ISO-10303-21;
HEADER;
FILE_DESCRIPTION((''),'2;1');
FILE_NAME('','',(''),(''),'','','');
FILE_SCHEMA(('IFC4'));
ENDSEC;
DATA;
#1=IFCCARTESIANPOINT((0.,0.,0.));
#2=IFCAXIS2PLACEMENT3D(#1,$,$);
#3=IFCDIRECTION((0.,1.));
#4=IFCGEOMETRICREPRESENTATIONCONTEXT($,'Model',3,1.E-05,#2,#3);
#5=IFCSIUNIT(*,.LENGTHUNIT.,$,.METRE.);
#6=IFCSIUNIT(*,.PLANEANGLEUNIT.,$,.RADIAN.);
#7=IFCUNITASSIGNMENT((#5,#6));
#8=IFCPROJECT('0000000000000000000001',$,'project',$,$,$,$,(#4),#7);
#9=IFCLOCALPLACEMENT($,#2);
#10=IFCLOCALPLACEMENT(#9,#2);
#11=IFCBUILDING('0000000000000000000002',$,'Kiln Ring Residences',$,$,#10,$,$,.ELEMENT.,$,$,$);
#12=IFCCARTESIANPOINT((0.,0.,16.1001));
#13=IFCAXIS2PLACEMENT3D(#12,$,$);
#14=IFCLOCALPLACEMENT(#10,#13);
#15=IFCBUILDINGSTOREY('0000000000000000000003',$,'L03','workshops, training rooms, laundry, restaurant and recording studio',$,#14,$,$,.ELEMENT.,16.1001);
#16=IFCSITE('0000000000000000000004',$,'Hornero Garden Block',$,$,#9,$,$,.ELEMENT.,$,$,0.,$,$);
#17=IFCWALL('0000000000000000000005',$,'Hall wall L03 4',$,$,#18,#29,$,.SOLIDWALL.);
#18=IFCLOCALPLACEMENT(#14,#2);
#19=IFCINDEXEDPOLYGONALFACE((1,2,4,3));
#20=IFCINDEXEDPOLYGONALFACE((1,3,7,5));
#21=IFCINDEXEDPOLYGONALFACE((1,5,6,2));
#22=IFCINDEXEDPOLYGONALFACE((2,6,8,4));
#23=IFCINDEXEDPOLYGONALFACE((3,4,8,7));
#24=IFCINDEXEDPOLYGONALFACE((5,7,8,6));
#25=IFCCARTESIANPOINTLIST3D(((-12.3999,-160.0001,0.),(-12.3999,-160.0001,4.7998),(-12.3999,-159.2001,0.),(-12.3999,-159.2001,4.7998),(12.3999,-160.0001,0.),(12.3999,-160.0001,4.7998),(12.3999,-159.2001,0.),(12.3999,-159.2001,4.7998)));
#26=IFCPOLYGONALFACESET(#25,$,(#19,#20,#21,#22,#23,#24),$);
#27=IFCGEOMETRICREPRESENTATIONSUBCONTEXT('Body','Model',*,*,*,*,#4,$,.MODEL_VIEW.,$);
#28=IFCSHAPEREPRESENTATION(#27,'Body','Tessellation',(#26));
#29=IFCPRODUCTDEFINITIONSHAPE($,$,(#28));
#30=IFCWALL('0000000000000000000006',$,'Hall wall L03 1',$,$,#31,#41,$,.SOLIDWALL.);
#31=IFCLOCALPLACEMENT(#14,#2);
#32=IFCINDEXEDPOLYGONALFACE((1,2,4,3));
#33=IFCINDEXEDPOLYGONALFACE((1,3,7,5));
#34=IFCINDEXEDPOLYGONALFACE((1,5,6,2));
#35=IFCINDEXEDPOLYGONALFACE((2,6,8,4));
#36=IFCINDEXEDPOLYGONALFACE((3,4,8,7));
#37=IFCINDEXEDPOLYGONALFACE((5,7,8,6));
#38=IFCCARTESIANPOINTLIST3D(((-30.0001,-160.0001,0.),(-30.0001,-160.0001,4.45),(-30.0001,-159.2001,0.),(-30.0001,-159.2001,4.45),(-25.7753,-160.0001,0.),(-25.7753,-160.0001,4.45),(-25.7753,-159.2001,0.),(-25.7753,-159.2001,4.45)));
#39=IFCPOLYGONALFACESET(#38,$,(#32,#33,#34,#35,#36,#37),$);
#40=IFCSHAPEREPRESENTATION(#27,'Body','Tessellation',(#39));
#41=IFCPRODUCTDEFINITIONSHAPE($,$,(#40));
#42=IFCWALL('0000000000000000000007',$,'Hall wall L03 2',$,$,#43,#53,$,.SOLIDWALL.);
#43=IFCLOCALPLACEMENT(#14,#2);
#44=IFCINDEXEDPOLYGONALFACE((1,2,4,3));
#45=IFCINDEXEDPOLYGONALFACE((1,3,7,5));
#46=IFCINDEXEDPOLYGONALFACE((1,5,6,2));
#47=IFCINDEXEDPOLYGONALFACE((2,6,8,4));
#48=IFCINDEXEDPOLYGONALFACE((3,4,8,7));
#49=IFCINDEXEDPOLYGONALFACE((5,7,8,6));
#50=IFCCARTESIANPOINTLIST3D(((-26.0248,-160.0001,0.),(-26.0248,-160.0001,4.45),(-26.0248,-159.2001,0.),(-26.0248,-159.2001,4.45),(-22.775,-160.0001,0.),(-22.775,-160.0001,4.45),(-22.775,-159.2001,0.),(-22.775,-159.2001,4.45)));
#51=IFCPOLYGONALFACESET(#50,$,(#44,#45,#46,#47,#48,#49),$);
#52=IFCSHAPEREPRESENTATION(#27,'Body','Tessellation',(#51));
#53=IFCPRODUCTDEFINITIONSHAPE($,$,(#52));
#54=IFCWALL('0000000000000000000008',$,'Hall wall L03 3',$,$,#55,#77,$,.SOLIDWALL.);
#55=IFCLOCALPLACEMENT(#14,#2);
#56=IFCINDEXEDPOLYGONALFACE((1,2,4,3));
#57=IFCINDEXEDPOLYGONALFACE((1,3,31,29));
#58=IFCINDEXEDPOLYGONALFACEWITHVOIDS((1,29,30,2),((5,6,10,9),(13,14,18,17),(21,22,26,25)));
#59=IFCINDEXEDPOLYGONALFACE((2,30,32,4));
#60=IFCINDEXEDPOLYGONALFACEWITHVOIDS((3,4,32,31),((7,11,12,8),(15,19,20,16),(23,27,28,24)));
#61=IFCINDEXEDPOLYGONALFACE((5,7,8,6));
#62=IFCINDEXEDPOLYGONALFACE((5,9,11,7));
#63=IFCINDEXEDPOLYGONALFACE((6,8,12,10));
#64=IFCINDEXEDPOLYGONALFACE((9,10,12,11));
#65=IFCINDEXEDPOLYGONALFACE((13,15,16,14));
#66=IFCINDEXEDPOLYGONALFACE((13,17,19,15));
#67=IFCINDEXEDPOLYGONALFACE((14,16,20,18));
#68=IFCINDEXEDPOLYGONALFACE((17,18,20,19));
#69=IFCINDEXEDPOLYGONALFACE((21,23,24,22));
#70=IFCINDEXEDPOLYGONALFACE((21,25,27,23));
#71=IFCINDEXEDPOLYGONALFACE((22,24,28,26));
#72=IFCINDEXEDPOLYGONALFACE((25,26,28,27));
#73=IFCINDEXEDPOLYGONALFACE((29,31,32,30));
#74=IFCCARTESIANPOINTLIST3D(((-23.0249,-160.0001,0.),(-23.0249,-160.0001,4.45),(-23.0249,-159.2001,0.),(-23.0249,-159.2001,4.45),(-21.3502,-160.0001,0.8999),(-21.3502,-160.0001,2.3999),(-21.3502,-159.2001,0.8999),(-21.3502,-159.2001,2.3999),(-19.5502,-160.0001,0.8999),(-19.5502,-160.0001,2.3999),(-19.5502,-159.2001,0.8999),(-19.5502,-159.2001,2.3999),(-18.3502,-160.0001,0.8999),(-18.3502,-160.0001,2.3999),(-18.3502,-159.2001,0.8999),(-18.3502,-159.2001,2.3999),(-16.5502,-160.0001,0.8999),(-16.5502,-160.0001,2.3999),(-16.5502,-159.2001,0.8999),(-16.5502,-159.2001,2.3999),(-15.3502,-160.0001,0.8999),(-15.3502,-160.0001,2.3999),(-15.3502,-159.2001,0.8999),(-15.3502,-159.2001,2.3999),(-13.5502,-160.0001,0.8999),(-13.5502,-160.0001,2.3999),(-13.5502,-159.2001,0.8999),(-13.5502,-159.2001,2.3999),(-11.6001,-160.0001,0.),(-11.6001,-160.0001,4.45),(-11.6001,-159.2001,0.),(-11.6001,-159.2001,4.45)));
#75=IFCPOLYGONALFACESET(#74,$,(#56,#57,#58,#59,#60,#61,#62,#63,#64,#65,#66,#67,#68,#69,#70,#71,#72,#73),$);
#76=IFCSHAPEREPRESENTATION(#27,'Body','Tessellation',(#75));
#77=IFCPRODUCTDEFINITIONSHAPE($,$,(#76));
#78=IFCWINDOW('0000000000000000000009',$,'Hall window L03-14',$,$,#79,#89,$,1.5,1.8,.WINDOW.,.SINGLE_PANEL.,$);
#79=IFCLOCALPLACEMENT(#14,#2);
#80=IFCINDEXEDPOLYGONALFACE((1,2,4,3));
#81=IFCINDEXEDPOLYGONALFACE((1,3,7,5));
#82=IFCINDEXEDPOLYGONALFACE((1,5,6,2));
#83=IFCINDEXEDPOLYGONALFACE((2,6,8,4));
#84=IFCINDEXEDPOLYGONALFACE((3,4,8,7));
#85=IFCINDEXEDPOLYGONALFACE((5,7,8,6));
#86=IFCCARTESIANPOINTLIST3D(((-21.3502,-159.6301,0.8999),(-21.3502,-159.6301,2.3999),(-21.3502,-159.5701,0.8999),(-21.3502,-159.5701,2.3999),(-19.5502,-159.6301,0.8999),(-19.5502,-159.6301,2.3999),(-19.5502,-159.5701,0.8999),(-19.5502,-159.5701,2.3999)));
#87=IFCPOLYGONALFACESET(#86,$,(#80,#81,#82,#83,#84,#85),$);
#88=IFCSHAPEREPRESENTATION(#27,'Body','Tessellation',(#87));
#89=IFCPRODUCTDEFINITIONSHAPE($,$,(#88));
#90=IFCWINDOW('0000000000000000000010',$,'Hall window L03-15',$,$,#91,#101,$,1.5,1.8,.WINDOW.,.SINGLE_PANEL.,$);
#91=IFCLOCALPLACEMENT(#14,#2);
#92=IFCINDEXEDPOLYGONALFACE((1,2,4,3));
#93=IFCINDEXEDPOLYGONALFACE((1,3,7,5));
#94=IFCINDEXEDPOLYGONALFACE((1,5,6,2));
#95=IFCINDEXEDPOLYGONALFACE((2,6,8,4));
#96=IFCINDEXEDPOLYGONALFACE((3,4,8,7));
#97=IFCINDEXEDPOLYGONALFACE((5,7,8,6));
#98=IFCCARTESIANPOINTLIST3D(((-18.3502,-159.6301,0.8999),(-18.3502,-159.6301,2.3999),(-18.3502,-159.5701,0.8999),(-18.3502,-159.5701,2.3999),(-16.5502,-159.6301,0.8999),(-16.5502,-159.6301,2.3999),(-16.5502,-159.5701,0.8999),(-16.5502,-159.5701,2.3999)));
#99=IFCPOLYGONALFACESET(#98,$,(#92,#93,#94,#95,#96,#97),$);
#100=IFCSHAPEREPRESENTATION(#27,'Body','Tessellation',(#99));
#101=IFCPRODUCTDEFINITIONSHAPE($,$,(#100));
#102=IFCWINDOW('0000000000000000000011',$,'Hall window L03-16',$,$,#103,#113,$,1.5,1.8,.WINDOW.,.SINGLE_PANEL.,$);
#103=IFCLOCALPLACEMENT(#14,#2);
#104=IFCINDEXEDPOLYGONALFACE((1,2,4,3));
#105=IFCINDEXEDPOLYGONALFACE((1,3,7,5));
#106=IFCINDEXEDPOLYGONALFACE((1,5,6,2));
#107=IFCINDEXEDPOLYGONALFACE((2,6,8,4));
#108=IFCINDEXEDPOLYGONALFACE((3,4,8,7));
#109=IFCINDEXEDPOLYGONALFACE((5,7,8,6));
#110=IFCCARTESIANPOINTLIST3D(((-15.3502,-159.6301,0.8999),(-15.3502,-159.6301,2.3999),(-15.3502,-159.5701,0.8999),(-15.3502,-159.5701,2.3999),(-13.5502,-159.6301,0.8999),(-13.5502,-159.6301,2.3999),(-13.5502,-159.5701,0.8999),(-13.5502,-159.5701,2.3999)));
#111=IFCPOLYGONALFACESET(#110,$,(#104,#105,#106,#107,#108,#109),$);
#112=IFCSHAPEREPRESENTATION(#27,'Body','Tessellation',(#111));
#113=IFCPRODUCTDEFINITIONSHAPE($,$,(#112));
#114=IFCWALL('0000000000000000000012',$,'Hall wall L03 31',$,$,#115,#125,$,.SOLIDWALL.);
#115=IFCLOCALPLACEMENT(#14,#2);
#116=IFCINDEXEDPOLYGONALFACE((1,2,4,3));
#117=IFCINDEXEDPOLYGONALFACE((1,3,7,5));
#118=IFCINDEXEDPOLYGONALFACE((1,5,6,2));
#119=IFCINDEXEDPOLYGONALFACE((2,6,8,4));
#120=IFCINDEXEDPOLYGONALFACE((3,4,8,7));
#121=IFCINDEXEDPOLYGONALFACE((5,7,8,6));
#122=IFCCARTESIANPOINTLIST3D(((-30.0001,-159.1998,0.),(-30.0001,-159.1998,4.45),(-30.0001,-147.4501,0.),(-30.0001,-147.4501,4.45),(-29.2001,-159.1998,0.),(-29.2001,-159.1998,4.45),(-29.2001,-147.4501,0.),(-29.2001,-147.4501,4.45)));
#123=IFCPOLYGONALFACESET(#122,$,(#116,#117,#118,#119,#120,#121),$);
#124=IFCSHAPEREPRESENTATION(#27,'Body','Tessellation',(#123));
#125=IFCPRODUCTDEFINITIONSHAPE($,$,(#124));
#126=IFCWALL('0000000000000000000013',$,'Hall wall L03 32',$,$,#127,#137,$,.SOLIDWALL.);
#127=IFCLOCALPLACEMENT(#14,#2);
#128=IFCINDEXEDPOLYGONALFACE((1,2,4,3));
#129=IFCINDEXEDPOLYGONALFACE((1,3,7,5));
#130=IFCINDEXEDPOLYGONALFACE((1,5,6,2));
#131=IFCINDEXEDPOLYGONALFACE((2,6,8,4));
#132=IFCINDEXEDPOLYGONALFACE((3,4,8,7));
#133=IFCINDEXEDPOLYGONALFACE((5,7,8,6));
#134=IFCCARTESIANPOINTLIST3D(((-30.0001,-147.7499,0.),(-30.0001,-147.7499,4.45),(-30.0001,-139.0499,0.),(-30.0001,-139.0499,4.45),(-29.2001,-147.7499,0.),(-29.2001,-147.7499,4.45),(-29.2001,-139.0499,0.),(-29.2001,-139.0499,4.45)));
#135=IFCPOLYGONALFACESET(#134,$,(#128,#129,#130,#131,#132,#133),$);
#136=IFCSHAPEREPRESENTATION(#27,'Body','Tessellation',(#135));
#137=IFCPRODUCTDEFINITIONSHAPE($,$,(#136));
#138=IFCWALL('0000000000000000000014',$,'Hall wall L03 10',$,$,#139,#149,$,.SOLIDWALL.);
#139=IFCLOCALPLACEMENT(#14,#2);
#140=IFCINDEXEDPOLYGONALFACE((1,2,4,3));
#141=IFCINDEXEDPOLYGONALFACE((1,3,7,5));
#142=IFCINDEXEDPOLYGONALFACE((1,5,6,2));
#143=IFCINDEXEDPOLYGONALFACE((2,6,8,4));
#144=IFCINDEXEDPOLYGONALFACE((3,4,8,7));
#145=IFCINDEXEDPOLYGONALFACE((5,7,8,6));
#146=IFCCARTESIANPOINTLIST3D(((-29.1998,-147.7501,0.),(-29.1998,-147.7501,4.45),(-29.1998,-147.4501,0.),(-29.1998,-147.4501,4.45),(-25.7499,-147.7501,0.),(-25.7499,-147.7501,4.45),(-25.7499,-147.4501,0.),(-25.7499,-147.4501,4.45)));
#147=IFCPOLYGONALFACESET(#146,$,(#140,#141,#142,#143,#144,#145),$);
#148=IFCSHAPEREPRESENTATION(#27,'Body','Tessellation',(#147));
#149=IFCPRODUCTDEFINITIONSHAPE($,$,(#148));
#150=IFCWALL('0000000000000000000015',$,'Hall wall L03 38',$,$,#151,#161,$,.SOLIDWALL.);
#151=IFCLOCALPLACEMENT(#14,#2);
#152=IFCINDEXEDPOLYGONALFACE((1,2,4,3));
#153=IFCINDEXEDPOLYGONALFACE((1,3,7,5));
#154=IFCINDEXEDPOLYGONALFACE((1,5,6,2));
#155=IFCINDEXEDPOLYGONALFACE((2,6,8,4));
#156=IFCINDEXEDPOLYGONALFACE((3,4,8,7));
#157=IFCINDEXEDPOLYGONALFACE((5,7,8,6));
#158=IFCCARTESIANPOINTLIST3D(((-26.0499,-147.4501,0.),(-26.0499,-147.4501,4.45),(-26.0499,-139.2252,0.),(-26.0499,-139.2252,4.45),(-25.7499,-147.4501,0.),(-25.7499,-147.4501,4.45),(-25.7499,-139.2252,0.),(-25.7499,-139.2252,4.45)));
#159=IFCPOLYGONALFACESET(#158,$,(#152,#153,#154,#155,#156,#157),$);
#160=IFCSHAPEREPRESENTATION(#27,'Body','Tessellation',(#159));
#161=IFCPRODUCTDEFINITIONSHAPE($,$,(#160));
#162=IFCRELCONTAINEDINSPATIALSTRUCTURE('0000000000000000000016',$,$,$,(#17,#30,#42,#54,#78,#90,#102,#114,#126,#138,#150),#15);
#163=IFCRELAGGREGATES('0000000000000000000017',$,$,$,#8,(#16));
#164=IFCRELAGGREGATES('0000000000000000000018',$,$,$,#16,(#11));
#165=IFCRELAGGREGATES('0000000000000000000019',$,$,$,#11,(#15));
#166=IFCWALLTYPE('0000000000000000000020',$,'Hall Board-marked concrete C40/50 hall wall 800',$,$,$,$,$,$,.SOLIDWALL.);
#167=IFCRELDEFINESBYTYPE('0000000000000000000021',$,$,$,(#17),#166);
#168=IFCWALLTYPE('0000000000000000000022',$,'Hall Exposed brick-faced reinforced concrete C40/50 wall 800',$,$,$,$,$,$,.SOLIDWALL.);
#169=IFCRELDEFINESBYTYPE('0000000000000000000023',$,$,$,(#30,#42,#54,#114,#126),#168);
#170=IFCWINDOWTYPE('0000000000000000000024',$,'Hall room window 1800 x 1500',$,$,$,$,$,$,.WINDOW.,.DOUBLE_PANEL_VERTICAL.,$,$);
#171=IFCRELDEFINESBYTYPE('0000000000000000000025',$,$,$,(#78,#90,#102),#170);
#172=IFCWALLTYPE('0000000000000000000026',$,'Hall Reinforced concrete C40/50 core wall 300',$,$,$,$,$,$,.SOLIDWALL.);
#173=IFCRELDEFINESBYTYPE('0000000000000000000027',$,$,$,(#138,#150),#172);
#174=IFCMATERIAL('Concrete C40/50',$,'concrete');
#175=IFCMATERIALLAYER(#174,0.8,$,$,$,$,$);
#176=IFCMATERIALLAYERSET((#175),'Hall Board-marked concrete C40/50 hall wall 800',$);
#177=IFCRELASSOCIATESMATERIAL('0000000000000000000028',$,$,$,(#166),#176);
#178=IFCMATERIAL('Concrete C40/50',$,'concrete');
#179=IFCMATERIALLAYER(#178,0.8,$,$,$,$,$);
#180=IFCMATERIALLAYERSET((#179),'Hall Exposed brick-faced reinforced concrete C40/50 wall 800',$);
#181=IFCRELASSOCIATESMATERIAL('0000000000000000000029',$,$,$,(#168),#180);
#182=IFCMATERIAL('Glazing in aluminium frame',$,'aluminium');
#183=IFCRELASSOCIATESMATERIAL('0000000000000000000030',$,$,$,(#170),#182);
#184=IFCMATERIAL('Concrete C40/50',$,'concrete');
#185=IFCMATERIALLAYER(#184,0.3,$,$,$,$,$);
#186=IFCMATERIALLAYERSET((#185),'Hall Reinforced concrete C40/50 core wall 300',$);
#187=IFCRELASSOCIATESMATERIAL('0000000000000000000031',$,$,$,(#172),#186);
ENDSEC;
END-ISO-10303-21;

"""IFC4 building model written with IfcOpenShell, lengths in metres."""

from ifc_helpers import new_model, si_unit, direction, frame, frame_2d, origin, place, context, subcontext, project, spatial, rectangle, extrude, material, layer, layer_set, type_object, element, fill, save


model = new_model("IFC4")

# Units and contexts
model_context = context("Model", 3, precision=1e-05, world=origin(), true_north=direction((0.0, 1.0)))
body_context = subcontext(model_context, "Body", "Model", "MODEL_VIEW")
ifc_project = project(units=[si_unit("LENGTHUNIT", "METRE"), si_unit("PLANEANGLEUNIT", "RADIAN")], contexts=[model_context])

# Site, building, storey
site_placement = place(None, origin())
site = spatial("IfcSite", under=ifc_project, at=site_placement, Name="Hornero Garden Block", CompositionType="ELEMENT", RefElevation=0.0)
building_placement = place(site_placement, origin())
building = spatial("IfcBuilding", under=site, at=building_placement, Name="Kiln Ring Residences", CompositionType="ELEMENT")
storey_placement = place(building_placement, frame((0.0, 0.0, 16.1001)))
storey = spatial("IfcBuildingStorey", under=building, at=storey_placement, Name="L03", Description="workshops, training rooms, laundry, restaurant and recording studio", CompositionType="ELEMENT", Elevation=16.1001)

# Walls
ifc_material_1 = material(Name="Concrete C40/50", Category="concrete")
ifc_layer_1 = layer(ifc_material_1, 0.8)
ifc_layer_set_1 = layer_set([ifc_layer_1], Name="Hall Board-marked concrete C40/50 hall wall 800")
wall_type_1 = type_object("IfcWallType", Name="Hall Board-marked concrete C40/50 hall wall 800", PredefinedType="SOLIDWALL", material=ifc_layer_set_1)
wall_1_placement = place(storey_placement, frame((-12.3999, -159.6001, 0.0), z_axis=(0.0, 0.0, 1.0), x_axis=(1.0, 0.0, 0.0)))
element("IfcWall", 1, at=wall_1_placement, inside=storey, type_object=wall_type_1, Name="Hall wall L03 4", PredefinedType="SOLIDWALL", context=body_context, shape_type="SweptSolid", body=[
    extrude(rectangle(XDim=24.7998, YDim=0.8, at=frame_2d((12.3999, 0.0))), origin(), (0.0, 0.0, 1.0), 4.7998),
])
ifc_material_2 = material(Name="Concrete C40/50", Category="concrete")
ifc_layer_2 = layer(ifc_material_2, 0.8)
ifc_layer_set_2 = layer_set([ifc_layer_2], Name="Hall Exposed brick-faced reinforced concrete C40/50 wall 800")
wall_type_2 = type_object("IfcWallType", Name="Hall Exposed brick-faced reinforced concrete C40/50 wall 800", PredefinedType="SOLIDWALL", material=ifc_layer_set_2)
wall_2_placement = place(storey_placement, frame((-30.0, -159.6001, 0.0), z_axis=(0.0, 0.0, 1.0), x_axis=(1.0, 0.0, 0.0)))
element("IfcWall", 2, at=wall_2_placement, inside=storey, type_object=wall_type_2, Name="Hall wall L03 1", PredefinedType="SOLIDWALL", context=body_context, shape_type="SweptSolid", body=[
    extrude(rectangle(XDim=4.2249, YDim=0.8, at=frame_2d((2.1123, 0.0))), origin(), (0.0, 0.0, 1.0), 4.45),
])
wall_3_placement = place(storey_placement, frame((-26.0249, -159.6001, 0.0), z_axis=(0.0, 0.0, 1.0), x_axis=(1.0, 0.0, 0.0)))
element("IfcWall", 3, at=wall_3_placement, inside=storey, type_object=wall_type_2, Name="Hall wall L03 2", PredefinedType="SOLIDWALL", context=body_context, shape_type="SweptSolid", body=[
    extrude(rectangle(XDim=3.2498, YDim=0.8, at=frame_2d((1.625, 0.0))), origin(), (0.0, 0.0, 1.0), 4.45),
])

# Wall, openings, windows
wall_4_placement = place(storey_placement, frame((-23.0249, -159.6001, 0.0), z_axis=(0.0, 0.0, 1.0), x_axis=(1.0, 0.0, 0.0)))
wall_4 = element("IfcWall", 4, at=wall_4_placement, inside=storey, type_object=wall_type_2, Name="Hall wall L03 3", PredefinedType="SOLIDWALL", context=body_context, shape_type="SweptSolid", body=[
    extrude(rectangle(XDim=11.4248, YDim=0.8, at=frame_2d((5.7124, 0.0))), origin(), (0.0, 0.0, 1.0), 4.45),
])
opening_1_placement = place(wall_4_placement, frame((1.6748, 0.0, 0.8999)))
opening_1 = element("IfcOpeningElement", 5, at=opening_1_placement, cuts=wall_4, PredefinedType="OPENING", context=body_context, shape_type="SweptSolid", body=[
    extrude(rectangle(XDim=1.8, YDim=1.5, at=frame_2d((0.8999, 0.75))), frame((0.0, 0.4099, 0.0), z_axis=(0.0, -1.0, 0.0), x_axis=(1.0, 0.0, 0.0)), (0.0, 0.0, 1.0), 0.8201),
])
opening_2_placement = place(wall_4_placement, frame((4.6748, 0.0, 0.8999)))
opening_2 = element("IfcOpeningElement", 6, at=opening_2_placement, cuts=wall_4, PredefinedType="OPENING", context=body_context, shape_type="SweptSolid", body=[
    extrude(rectangle(XDim=1.8, YDim=1.5, at=frame_2d((0.8999, 0.75))), frame((0.0, 0.4099, 0.0), z_axis=(0.0, -1.0, 0.0), x_axis=(1.0, 0.0, 0.0)), (0.0, 0.0, 1.0), 0.8201),
])
opening_3_placement = place(wall_4_placement, frame((7.6748, 0.0, 0.8999)))
opening_3 = element("IfcOpeningElement", 7, at=opening_3_placement, cuts=wall_4, PredefinedType="OPENING", context=body_context, shape_type="SweptSolid", body=[
    extrude(rectangle(XDim=1.8, YDim=1.5, at=frame_2d((0.8999, 0.75))), frame((0.0, 0.4099, 0.0), z_axis=(0.0, -1.0, 0.0), x_axis=(1.0, 0.0, 0.0)), (0.0, 0.0, 1.0), 0.8201),
])
ifc_material_3 = material(Name="Glazing in aluminium frame", Category="aluminium")
window_type = type_object("IfcWindowType", Name="Hall room window 1800 x 1500", PartitioningType="DOUBLE_PANEL_VERTICAL", PredefinedType="WINDOW", material=ifc_material_3)
window_1_placement = place(opening_1_placement, origin())
window_1 = element("IfcWindow", 8, at=window_1_placement, inside=storey, type_object=window_type, Name="Hall window L03-14", OverallHeight=1.5, OverallWidth=1.8, PartitioningType="SINGLE_PANEL", PredefinedType="WINDOW", context=body_context, shape_type="SweptSolid", body=[
    extrude(rectangle(XDim=1.8, YDim=1.5, at=frame_2d((0.8999, 0.75))), frame((0.0, 0.03, 0.0), z_axis=(0.0, -1.0, 0.0), x_axis=(1.0, 0.0, 0.0)), (0.0, 0.0, 1.0), 0.0601),
])
fill(opening_1, window_1)
window_2_placement = place(opening_2_placement, origin())
window_2 = element("IfcWindow", 9, at=window_2_placement, inside=storey, type_object=window_type, Name="Hall window L03-15", OverallHeight=1.5, OverallWidth=1.8, PartitioningType="SINGLE_PANEL", PredefinedType="WINDOW", context=body_context, shape_type="SweptSolid", body=[
    extrude(rectangle(XDim=1.8, YDim=1.5, at=frame_2d((0.8999, 0.75))), frame((0.0, 0.03, 0.0), z_axis=(0.0, -1.0, 0.0), x_axis=(1.0, 0.0, 0.0)), (0.0, 0.0, 1.0), 0.0601),
])
fill(opening_2, window_2)
window_3_placement = place(opening_3_placement, origin())
window_3 = element("IfcWindow", 10, at=window_3_placement, inside=storey, type_object=window_type, Name="Hall window L03-16", OverallHeight=1.5, OverallWidth=1.8, PartitioningType="SINGLE_PANEL", PredefinedType="WINDOW", context=body_context, shape_type="SweptSolid", body=[
    extrude(rectangle(XDim=1.8, YDim=1.5, at=frame_2d((0.8999, 0.75))), frame((0.0, 0.03, 0.0), z_axis=(0.0, -1.0, 0.0), x_axis=(1.0, 0.0, 0.0)), (0.0, 0.0, 1.0), 0.0601),
])
fill(opening_3, window_3)

# Walls
wall_5_placement = place(storey_placement, frame((-29.6001, -159.2, 0.0), z_axis=(0.0, 0.0, 1.0), x_axis=(0.0, 1.0, 0.0)))
element("IfcWall", 11, at=wall_5_placement, inside=storey, type_object=wall_type_2, Name="Hall wall L03 31", PredefinedType="SOLIDWALL", context=body_context, shape_type="SweptSolid", body=[
    extrude(rectangle(XDim=11.7498, YDim=0.8, at=frame_2d((5.875, 0.0))), origin(), (0.0, 0.0, 1.0), 4.45),
])
wall_6_placement = place(storey_placement, frame((-29.6001, -147.75, 0.0), z_axis=(0.0, 0.0, 1.0), x_axis=(0.0, 1.0, 0.0)))
element("IfcWall", 12, at=wall_6_placement, inside=storey, type_object=wall_type_2, Name="Hall wall L03 32", PredefinedType="SOLIDWALL", context=body_context, shape_type="SweptSolid", body=[
    extrude(rectangle(XDim=8.7, YDim=0.8, at=frame_2d((4.3501, 0.0))), origin(), (0.0, 0.0, 1.0), 4.45),
])
ifc_material_4 = material(Name="Concrete C40/50", Category="concrete")
ifc_layer_3 = layer(ifc_material_4, 0.3)
ifc_layer_set_3 = layer_set([ifc_layer_3], Name="Hall Reinforced concrete C40/50 core wall 300")
wall_type_3 = type_object("IfcWallType", Name="Hall Reinforced concrete C40/50 core wall 300", PredefinedType="SOLIDWALL", material=ifc_layer_set_3)
wall_7_placement = place(storey_placement, frame((-29.2, -147.6001, 0.0), z_axis=(0.0, 0.0, 1.0), x_axis=(1.0, 0.0, 0.0)))
element("IfcWall", 13, at=wall_7_placement, inside=storey, type_object=wall_type_3, Name="Hall wall L03 10", PredefinedType="SOLIDWALL", context=body_context, shape_type="SweptSolid", body=[
    extrude(rectangle(XDim=3.45, YDim=0.3, at=frame_2d((1.7251, 0.0))), origin(), (0.0, 0.0, 1.0), 4.45),
])
wall_8_placement = place(storey_placement, frame((-25.8999, -147.45, 0.0), z_axis=(0.0, 0.0, 1.0), x_axis=(0.0, 1.0, 0.0)))
element("IfcWall", 14, at=wall_8_placement, inside=storey, type_object=wall_type_3, Name="Hall wall L03 38", PredefinedType="SOLIDWALL", context=body_context, shape_type="SweptSolid", body=[
    extrude(rectangle(XDim=8.2249, YDim=0.3, at=frame_2d((4.1123, 0.0))), origin(), (0.0, 0.0, 1.0), 4.45),
])

save(model, "model.ifc")
